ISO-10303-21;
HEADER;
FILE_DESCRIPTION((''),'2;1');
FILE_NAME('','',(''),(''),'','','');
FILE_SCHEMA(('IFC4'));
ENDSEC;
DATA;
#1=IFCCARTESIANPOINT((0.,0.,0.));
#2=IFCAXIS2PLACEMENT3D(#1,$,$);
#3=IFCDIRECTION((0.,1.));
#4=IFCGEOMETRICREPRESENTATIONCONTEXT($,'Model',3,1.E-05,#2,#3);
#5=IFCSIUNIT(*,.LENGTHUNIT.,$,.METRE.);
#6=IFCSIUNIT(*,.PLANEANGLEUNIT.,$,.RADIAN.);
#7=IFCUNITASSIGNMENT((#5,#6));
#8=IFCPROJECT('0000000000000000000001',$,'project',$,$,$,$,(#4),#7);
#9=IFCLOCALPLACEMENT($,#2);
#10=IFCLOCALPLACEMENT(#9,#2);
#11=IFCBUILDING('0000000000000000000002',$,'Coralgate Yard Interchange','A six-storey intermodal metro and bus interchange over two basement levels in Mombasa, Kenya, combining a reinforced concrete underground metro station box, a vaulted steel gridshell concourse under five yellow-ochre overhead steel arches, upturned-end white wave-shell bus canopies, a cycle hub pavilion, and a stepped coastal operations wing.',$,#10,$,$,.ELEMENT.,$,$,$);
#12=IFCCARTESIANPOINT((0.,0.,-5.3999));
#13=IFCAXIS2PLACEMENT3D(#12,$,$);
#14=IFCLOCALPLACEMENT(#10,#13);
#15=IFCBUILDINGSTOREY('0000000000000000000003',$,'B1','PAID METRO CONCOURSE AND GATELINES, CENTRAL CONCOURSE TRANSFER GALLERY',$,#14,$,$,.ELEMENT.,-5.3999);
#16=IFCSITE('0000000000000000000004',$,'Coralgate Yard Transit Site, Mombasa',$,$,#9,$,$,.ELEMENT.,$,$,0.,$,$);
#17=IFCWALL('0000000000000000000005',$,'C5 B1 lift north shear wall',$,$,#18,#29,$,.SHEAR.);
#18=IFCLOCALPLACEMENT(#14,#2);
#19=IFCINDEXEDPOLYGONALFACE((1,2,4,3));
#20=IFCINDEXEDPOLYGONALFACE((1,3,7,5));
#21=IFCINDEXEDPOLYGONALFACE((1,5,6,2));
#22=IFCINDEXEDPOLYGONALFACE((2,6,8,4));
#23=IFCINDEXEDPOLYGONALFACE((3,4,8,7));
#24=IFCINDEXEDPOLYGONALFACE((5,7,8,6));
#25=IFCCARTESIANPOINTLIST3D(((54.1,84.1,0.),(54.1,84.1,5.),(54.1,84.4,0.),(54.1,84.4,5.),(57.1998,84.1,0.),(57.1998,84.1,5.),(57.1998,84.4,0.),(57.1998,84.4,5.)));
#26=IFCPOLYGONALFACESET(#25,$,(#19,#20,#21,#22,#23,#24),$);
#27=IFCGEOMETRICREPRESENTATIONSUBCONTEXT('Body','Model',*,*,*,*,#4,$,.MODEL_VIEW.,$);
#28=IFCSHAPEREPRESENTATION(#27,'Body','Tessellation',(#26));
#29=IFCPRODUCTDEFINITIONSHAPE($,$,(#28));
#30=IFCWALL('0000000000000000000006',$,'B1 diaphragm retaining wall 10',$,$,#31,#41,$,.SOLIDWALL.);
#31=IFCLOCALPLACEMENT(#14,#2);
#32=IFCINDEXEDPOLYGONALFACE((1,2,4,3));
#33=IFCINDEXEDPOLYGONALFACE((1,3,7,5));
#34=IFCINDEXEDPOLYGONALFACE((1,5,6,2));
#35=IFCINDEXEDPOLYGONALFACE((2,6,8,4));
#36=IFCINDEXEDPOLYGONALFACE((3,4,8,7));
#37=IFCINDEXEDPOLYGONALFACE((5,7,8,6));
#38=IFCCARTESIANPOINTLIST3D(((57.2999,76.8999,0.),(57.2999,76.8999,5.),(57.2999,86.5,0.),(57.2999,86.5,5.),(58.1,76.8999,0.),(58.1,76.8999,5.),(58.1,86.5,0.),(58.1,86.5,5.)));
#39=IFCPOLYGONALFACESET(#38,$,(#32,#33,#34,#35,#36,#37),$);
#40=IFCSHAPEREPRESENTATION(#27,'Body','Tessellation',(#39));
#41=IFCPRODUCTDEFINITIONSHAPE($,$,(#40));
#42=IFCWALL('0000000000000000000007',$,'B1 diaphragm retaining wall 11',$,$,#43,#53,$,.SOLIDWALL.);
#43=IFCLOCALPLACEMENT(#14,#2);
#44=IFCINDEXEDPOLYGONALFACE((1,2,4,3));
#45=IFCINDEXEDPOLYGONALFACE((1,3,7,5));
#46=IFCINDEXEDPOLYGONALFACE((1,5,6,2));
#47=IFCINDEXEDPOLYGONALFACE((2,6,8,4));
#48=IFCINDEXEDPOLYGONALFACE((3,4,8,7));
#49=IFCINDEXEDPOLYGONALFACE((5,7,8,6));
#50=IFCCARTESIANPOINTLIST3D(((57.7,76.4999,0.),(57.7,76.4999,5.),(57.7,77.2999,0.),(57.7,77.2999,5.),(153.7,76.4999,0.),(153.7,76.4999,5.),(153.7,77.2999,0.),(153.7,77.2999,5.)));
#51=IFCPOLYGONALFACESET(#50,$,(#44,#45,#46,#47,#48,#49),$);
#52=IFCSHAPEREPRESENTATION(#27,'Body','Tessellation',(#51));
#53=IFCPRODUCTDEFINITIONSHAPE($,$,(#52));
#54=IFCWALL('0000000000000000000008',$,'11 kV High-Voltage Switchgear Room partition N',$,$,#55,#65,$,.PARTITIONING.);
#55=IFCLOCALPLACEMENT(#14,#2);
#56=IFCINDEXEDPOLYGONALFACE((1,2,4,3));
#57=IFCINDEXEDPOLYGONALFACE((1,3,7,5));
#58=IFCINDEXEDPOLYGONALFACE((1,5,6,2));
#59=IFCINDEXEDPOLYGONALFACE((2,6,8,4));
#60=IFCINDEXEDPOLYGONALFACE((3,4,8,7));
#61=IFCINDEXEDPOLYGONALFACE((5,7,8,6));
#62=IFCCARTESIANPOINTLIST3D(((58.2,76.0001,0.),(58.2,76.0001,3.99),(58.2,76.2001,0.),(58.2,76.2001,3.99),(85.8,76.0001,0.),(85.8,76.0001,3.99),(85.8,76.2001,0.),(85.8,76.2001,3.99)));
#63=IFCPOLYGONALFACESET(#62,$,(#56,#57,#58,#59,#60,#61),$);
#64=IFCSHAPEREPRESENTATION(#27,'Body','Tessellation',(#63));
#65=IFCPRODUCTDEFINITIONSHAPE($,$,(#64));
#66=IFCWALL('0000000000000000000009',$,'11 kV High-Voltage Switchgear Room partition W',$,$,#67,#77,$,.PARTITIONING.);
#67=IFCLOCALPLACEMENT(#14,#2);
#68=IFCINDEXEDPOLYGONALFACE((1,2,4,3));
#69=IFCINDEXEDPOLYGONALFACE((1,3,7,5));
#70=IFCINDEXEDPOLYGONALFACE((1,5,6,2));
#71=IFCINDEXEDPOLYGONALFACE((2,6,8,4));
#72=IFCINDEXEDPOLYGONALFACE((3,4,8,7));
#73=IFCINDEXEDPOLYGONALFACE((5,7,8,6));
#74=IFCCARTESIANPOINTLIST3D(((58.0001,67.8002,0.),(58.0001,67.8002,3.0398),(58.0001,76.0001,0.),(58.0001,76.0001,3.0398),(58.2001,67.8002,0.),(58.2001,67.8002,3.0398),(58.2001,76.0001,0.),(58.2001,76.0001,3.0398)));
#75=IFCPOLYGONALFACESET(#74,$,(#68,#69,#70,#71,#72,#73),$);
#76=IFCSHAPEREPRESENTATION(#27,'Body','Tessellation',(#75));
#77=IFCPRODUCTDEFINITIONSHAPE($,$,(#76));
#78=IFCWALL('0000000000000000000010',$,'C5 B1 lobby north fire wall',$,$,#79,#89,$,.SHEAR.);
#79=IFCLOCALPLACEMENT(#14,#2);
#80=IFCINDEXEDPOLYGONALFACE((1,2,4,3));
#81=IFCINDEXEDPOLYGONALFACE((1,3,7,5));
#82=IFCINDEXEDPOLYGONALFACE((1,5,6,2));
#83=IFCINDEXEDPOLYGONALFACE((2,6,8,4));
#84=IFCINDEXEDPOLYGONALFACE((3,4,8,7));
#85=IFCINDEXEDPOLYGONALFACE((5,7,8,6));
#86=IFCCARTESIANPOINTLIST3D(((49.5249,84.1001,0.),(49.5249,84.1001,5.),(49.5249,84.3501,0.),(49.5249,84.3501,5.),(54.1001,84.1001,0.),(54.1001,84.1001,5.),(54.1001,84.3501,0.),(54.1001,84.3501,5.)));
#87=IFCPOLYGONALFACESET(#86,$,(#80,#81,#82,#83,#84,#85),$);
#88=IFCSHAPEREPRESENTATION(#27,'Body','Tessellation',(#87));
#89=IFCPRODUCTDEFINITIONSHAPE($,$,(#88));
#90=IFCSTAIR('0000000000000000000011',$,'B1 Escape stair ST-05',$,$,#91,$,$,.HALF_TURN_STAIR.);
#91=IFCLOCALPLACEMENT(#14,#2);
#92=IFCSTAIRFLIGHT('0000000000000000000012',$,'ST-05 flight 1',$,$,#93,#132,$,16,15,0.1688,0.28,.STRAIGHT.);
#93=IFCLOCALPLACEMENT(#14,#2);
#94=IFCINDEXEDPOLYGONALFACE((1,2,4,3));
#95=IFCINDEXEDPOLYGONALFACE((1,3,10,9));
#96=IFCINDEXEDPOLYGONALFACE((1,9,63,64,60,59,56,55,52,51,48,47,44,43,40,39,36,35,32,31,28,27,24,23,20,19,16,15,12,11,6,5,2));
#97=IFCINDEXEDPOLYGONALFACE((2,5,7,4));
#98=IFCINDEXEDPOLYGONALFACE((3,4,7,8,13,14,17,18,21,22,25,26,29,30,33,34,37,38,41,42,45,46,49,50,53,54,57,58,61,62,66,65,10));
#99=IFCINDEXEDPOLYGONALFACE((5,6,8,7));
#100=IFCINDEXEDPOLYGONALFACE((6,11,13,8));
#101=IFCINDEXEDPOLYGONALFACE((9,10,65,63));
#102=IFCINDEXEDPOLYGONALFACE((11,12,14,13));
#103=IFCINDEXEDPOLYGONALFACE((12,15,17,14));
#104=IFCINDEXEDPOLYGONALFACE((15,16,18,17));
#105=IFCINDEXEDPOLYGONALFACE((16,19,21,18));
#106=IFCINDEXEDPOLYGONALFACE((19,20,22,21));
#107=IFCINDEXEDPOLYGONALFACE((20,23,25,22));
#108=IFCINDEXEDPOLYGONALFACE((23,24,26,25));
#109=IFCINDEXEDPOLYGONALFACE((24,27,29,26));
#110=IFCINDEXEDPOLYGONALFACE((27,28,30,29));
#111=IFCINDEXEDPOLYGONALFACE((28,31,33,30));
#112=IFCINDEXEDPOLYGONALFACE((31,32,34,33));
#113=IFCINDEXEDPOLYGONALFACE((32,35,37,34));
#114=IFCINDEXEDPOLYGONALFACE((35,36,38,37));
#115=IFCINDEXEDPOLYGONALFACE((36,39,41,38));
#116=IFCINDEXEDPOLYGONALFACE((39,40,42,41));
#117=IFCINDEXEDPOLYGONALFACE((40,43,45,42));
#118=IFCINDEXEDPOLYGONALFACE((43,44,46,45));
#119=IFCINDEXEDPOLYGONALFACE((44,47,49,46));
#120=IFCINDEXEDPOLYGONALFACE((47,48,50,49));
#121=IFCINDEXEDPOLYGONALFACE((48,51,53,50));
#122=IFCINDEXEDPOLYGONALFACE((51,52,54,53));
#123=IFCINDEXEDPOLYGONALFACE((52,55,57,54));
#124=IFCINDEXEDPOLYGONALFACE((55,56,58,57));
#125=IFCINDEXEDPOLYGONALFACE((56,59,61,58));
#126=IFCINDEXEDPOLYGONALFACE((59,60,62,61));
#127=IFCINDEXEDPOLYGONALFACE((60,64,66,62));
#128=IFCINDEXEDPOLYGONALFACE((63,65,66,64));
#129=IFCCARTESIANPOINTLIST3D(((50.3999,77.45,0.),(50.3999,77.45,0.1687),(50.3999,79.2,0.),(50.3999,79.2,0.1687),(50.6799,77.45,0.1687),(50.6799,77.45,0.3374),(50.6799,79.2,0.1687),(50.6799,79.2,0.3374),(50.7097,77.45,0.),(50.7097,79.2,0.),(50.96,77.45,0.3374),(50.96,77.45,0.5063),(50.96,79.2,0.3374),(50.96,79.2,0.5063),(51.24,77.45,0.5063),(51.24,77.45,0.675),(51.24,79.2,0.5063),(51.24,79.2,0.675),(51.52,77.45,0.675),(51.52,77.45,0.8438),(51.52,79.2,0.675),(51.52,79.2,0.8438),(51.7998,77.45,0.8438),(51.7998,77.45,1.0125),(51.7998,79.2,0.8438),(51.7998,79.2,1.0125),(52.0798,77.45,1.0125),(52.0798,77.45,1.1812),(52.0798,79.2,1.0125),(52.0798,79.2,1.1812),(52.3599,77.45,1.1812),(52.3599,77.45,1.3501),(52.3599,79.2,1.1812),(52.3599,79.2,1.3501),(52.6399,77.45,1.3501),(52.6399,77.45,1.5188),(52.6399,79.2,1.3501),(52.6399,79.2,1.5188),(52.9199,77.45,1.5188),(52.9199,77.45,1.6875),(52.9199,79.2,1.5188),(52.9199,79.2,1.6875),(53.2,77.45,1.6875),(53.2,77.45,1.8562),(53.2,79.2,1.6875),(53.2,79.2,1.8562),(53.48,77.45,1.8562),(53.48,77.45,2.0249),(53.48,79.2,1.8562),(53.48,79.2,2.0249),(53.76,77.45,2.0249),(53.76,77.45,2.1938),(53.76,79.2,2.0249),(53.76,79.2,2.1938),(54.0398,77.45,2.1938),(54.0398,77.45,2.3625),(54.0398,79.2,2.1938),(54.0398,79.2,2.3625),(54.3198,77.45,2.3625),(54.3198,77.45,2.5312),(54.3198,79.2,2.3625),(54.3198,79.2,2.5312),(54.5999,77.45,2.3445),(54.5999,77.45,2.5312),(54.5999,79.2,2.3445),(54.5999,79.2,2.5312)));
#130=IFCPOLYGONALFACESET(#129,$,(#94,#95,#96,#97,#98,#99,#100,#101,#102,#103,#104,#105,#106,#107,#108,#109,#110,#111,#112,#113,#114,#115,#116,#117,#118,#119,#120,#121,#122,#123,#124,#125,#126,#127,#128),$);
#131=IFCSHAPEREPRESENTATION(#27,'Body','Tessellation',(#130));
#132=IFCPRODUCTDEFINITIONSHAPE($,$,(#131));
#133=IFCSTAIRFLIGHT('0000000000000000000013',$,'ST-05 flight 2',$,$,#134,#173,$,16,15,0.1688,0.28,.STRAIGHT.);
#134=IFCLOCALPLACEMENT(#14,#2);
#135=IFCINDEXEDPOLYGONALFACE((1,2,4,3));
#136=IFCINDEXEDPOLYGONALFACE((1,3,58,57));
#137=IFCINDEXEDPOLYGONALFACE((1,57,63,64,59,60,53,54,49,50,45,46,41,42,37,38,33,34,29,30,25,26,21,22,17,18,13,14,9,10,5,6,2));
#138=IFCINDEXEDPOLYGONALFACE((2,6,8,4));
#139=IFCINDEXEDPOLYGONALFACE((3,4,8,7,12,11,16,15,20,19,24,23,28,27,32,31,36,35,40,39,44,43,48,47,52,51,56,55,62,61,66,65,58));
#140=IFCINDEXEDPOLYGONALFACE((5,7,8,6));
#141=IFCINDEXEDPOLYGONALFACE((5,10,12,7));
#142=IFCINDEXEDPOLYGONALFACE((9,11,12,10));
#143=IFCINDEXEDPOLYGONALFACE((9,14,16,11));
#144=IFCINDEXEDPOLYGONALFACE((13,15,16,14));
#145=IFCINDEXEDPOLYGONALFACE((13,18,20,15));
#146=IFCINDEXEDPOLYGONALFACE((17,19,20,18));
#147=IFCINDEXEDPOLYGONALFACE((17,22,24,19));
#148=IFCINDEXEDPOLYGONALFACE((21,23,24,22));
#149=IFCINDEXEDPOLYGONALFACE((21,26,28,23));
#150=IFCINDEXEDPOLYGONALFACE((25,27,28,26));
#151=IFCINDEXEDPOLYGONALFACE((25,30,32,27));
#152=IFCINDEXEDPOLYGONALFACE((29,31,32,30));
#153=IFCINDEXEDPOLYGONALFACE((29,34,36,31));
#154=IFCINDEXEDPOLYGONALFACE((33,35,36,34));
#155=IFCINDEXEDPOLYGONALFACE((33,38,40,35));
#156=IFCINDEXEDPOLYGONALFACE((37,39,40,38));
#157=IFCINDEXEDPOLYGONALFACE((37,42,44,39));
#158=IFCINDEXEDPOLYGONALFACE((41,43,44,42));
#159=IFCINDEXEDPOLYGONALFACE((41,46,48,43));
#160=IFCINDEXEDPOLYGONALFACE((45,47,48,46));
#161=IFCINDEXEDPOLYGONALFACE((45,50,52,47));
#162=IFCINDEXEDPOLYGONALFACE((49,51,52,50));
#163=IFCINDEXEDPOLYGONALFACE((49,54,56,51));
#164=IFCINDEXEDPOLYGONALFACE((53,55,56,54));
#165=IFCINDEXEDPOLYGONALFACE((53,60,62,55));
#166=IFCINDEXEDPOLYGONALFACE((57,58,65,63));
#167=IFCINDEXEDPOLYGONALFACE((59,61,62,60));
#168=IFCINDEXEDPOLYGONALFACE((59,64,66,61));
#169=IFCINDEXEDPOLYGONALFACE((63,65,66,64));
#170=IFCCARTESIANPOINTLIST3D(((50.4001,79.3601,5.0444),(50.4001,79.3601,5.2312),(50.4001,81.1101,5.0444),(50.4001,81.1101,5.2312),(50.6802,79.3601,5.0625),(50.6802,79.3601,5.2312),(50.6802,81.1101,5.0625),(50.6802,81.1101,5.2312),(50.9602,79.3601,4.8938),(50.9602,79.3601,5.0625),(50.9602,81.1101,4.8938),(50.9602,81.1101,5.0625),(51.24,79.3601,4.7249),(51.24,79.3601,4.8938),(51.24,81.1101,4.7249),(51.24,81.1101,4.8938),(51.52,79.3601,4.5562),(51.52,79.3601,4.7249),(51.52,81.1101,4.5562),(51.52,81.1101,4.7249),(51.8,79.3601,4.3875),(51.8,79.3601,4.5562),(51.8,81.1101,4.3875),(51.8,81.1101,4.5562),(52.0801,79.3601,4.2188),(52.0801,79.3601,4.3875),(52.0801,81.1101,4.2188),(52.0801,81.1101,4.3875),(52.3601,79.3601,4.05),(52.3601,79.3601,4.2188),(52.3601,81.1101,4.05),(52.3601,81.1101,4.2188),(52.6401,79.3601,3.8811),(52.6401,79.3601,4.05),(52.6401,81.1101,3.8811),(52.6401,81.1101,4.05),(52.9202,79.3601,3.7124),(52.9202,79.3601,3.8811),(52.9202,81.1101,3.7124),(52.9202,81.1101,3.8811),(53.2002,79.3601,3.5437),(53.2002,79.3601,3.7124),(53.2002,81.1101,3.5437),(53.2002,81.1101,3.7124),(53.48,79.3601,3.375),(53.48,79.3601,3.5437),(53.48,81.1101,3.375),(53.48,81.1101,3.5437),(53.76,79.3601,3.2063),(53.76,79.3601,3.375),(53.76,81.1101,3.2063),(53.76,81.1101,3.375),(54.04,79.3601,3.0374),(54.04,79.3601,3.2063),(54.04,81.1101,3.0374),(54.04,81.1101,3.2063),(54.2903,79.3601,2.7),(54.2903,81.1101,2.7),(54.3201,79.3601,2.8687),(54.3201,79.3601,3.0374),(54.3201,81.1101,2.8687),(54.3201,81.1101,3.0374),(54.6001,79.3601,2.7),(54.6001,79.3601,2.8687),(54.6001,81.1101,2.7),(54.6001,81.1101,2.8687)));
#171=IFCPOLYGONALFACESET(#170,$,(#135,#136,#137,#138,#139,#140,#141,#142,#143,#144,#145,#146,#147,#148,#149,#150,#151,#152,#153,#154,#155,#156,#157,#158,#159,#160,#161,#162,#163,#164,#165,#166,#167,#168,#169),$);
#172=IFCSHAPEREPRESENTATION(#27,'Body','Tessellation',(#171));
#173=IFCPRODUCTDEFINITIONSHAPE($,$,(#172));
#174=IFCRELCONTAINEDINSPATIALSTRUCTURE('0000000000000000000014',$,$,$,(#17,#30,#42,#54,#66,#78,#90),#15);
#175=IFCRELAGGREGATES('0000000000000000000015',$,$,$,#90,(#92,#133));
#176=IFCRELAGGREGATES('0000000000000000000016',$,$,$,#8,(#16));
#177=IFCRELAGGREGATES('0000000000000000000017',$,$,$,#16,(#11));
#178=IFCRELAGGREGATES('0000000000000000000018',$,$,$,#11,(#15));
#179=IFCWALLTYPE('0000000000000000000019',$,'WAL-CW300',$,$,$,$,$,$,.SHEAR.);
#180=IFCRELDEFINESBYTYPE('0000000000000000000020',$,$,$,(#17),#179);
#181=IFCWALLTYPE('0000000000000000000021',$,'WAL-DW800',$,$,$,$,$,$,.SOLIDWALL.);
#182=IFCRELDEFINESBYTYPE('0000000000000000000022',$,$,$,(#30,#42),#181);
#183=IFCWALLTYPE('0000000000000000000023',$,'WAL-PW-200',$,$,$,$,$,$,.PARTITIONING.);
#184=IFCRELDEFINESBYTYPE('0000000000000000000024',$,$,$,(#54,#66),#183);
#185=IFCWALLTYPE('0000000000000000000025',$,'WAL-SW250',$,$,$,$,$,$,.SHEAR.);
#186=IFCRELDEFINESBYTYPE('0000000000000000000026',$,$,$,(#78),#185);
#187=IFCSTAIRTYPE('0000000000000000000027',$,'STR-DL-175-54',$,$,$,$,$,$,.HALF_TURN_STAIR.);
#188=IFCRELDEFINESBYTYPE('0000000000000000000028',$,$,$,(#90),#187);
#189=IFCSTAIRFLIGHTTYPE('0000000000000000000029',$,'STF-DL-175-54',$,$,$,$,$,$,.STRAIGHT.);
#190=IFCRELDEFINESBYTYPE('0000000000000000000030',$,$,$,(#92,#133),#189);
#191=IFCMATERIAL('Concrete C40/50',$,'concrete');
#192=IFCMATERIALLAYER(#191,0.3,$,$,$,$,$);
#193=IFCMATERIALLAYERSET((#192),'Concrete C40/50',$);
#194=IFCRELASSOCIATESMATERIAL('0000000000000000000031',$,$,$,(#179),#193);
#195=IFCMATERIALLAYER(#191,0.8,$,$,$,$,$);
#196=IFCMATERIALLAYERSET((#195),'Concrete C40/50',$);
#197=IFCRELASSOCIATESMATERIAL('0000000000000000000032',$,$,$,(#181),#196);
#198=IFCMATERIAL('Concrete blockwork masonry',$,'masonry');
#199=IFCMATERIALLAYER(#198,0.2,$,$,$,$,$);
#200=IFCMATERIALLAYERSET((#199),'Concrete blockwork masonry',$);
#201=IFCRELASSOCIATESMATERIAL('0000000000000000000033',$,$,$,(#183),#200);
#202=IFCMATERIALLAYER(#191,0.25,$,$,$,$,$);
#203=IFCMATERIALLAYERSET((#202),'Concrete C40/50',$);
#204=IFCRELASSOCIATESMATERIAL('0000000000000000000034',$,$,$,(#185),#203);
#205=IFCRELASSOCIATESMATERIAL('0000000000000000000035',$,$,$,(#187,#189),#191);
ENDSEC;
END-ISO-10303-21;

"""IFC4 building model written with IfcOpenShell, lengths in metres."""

from ifc_helpers import new_model, si_unit, direction, frame, frame_2d, origin, place, context, subcontext, project, spatial, polyline, rectangle, outline, extrude, material, layer, layer_set, type_object, element, aggregate, save


model = new_model("IFC4")

# Units and contexts
model_context = context("Model", 3, precision=1e-05, world=origin(), true_north=direction((0.0, 1.0)))
body_context = subcontext(model_context, "Body", "Model", "MODEL_VIEW")
ifc_project = project(units=[si_unit("LENGTHUNIT", "METRE"), si_unit("PLANEANGLEUNIT", "RADIAN")], contexts=[model_context])

# Site, building, storey
site_placement = place(None, origin())
site = spatial("IfcSite", under=ifc_project, at=site_placement, Name="Coralgate Yard Transit Site, Mombasa", CompositionType="ELEMENT", RefElevation=0.0)
building_placement = place(site_placement, origin())
building = spatial("IfcBuilding", under=site, at=building_placement, Name="Coralgate Yard Interchange", Description="A six-storey intermodal metro and bus interchange over two basement levels in Mombasa, Kenya, combining a reinforced concrete underground metro station box, a vaulted steel gridshell concourse under five yellow-ochre overhead steel arches, upturned-end white wave-shell bus canopies, a cycle hub pavilion, and a stepped coastal operations wing.", CompositionType="ELEMENT")
storey_placement = place(building_placement, frame((0.0, 0.0, -5.3999)))
storey = spatial("IfcBuildingStorey", under=building, at=storey_placement, Name="B1", Description="PAID METRO CONCOURSE AND GATELINES, CENTRAL CONCOURSE TRANSFER GALLERY", CompositionType="ELEMENT", Elevation=-5.3999)

# Shared definitions
ifc_material_1 = material(Name="Concrete C40/50", Category="concrete")

# Shared definitions
ifc_layer_1 = layer(ifc_material_1, 0.3)
ifc_layer_set_1 = layer_set([ifc_layer_1], Name="Concrete C40/50")
wall_type_1 = type_object("IfcWallType", Name="WAL-CW300", PredefinedType="SHEAR", material=ifc_layer_set_1)

# Walls
wall_1_placement = place(storey_placement, frame((54.1001, 84.25, 0.0), z_axis=(0.0, 0.0, 1.0), x_axis=(1.0, 0.0, 0.0)))
element("IfcWall", 1, at=wall_1_placement, inside=storey, type_object=wall_type_1, Name="C5 B1 lift north shear wall", PredefinedType="SHEAR", context=body_context, shape_type="SweptSolid", body=[
    extrude(rectangle(XDim=3.0999, YDim=0.3, at=frame_2d((1.5498, 0.0))), origin(), (0.0, 0.0, 1.0), 5.0),
])
ifc_layer_2 = layer(ifc_material_1, 0.8)
ifc_layer_set_2 = layer_set([ifc_layer_2], Name="Concrete C40/50")
wall_type_2 = type_object("IfcWallType", Name="WAL-DW800", PredefinedType="SOLIDWALL", material=ifc_layer_set_2)
wall_2_placement = place(storey_placement, frame((57.7, 86.5, 0.0), z_axis=(0.0, 0.0, 1.0), x_axis=(0.0, -1.0, 0.0)))
element("IfcWall", 2, at=wall_2_placement, inside=storey, type_object=wall_type_2, Name="B1 diaphragm retaining wall 10", PredefinedType="SOLIDWALL", context=body_context, shape_type="SweptSolid", body=[
    extrude(rectangle(XDim=9.6001, YDim=0.8, at=frame_2d((4.8, 0.0))), origin(), (0.0, 0.0, 1.0), 5.0),
])
wall_3_placement = place(storey_placement, frame((57.7, 76.8999, 0.0), z_axis=(0.0, 0.0, 1.0), x_axis=(1.0, 0.0, 0.0)))
element("IfcWall", 3, at=wall_3_placement, inside=storey, type_object=wall_type_2, Name="B1 diaphragm retaining wall 11", PredefinedType="SOLIDWALL", context=body_context, shape_type="SweptSolid", body=[
    extrude(rectangle(XDim=96.0, YDim=0.8, at=frame_2d((48.0, 0.0))), origin(), (0.0, 0.0, 1.0), 5.0),
])
ifc_material_2 = material(Name="Concrete blockwork masonry", Category="masonry")
ifc_layer_3 = layer(ifc_material_2, 0.2)
ifc_layer_set_3 = layer_set([ifc_layer_3], Name="Concrete blockwork masonry")
wall_type_3 = type_object("IfcWallType", Name="WAL-PW-200", PredefinedType="PARTITIONING", material=ifc_layer_set_3)
wall_4_placement = place(storey_placement, frame((58.2, 76.1001, 0.0), z_axis=(0.0, 0.0, 1.0), x_axis=(1.0, 0.0, 0.0)))
element("IfcWall", 4, at=wall_4_placement, inside=storey, type_object=wall_type_3, Name="11 kV High-Voltage Switchgear Room partition N", PredefinedType="PARTITIONING", context=body_context, shape_type="SweptSolid", body=[
    extrude(rectangle(XDim=27.6001, YDim=0.2, at=frame_2d((13.8, 0.0))), origin(), (0.0, 0.0, 1.0), 3.99),
])
wall_5_placement = place(storey_placement, frame((58.1001, 67.8, 0.0), z_axis=(0.0, 0.0, 1.0), x_axis=(0.0, 1.0, 0.0)))
element("IfcWall", 5, at=wall_5_placement, inside=storey, type_object=wall_type_3, Name="11 kV High-Voltage Switchgear Room partition W", PredefinedType="PARTITIONING", context=body_context, shape_type="SweptSolid", body=[
    extrude(rectangle(XDim=8.2, YDim=0.2, at=frame_2d((4.1001, 0.0))), origin(), (0.0, 0.0, 1.0), 3.0398),
])
ifc_layer_4 = layer(ifc_material_1, 0.25)
ifc_layer_set_4 = layer_set([ifc_layer_4], Name="Concrete C40/50")
wall_type_4 = type_object("IfcWallType", Name="WAL-SW250", PredefinedType="SHEAR", material=ifc_layer_set_4)
wall_6_placement = place(storey_placement, frame((54.1001, 84.2251, 0.0), z_axis=(0.0, 0.0, 1.0), x_axis=(-1.0, 0.0, 0.0)))
element("IfcWall", 6, at=wall_6_placement, inside=storey, type_object=wall_type_4, Name="C5 B1 lobby north fire wall", PredefinedType="SHEAR", context=body_context, shape_type="SweptSolid", body=[
    extrude(rectangle(XDim=4.5752, YDim=0.25, at=frame_2d((2.2876, 0.0))), origin(), (0.0, 0.0, 1.0), 5.0),
])

# Stair, stair flights
stair_type = type_object("IfcStairType", Name="STR-DL-175-54", PredefinedType="HALF_TURN_STAIR", material=ifc_material_1)
stair_placement = place(storey_placement, origin())
stair = element("IfcStair", 7, at=stair_placement, inside=storey, type_object=stair_type, Name="B1 Escape stair ST-05", PredefinedType="HALF_TURN_STAIR")
stair_flight_type = type_object("IfcStairFlightType", Name="STF-DL-175-54", PredefinedType="STRAIGHT", material=ifc_material_1)
stair_flight_1_placement = place(storey_placement, frame((50.3999, 78.325, 0.0), z_axis=(0.0, 0.0, 1.0), x_axis=(1.0, 0.0, 0.0)))
stair_flight_1 = element("IfcStairFlight", 8, at=stair_flight_1_placement, type_object=stair_flight_type, Name="ST-05 flight 1", NumberOfRisers=16, NumberOfTreads=15, PredefinedType="STRAIGHT", RiserHeight=0.1688, TreadLength=0.28, context=body_context, shape_type="SweptSolid", body=[
    extrude(outline(polyline([(0.0, 0.0), (0.0, 0.1687), (0.28, 0.1687), (0.28, 0.3374), (0.5601, 0.3374), (0.5601, 0.5063), (0.8401, 0.5063), (0.8401, 0.675), (1.1201, 0.675), (1.1201, 0.8438), (1.3999, 0.8438), (1.3999, 1.0125), (1.6799, 1.0125), (1.6799, 1.1812), (1.96, 1.1812), (1.96, 1.3501), (2.24, 1.3501), (2.24, 1.5188), (2.52, 1.5188), (2.52, 1.6875), (2.8, 1.6875), (2.8, 1.8562), (3.0801, 1.8562), (3.0801, 2.0249), (3.3601, 2.0249), (3.3601, 2.1938), (3.6399, 2.1938), (3.6399, 2.3625), (3.9199, 2.3625), (3.9199, 2.5312), (4.2, 2.5312), (4.2, 2.7), (4.2, 2.3445), (0.3098, 0.0), (0.0, 0.0)])), frame((0.0, 0.875, 0.0), z_axis=(0.0, -1.0, 0.0), x_axis=(1.0, 0.0, 0.0)), (0.0, 0.0, 1.0), 1.75),
])
stair_flight_2_placement = place(storey_placement, frame((54.6001, 80.2351, 2.7), z_axis=(0.0, 0.0, 1.0), x_axis=(-1.0, 0.0, 0.0)))
stair_flight_2 = element("IfcStairFlight", 9, at=stair_flight_2_placement, type_object=stair_flight_type, Name="ST-05 flight 2", NumberOfRisers=16, NumberOfTreads=15, PredefinedType="STRAIGHT", RiserHeight=0.1688, TreadLength=0.28, context=body_context, shape_type="SweptSolid", body=[
    extrude(outline(polyline([(0.0, 0.0), (0.0, 0.1687), (0.28, 0.1687), (0.28, 0.3374), (0.5601, 0.3374), (0.5601, 0.5063), (0.8401, 0.5063), (0.8401, 0.675), (1.1201, 0.675), (1.1201, 0.8438), (1.3999, 0.8438), (1.3999, 1.0125), (1.6799, 1.0125), (1.6799, 1.1812), (1.96, 1.1812), (1.96, 1.3501), (2.24, 1.3501), (2.24, 1.5188), (2.52, 1.5188), (2.52, 1.6875), (2.8, 1.6875), (2.8, 1.8562), (3.0801, 1.8562), (3.0801, 2.0249), (3.3601, 2.0249), (3.3601, 2.1938), (3.6399, 2.1938), (3.6399, 2.3625), (3.9199, 2.3625), (3.9199, 2.5312), (4.2, 2.5312), (4.2, 2.7), (4.2, 2.3445), (0.3098, 0.0), (0.0, 0.0)])), frame((0.0, 0.875, 0.0), z_axis=(0.0, -1.0, 0.0), x_axis=(1.0, 0.0, 0.0)), (0.0, 0.0, 1.0), 1.75),
])
aggregate(stair, [stair_flight_1, stair_flight_2])

save(model, "model.ifc")
